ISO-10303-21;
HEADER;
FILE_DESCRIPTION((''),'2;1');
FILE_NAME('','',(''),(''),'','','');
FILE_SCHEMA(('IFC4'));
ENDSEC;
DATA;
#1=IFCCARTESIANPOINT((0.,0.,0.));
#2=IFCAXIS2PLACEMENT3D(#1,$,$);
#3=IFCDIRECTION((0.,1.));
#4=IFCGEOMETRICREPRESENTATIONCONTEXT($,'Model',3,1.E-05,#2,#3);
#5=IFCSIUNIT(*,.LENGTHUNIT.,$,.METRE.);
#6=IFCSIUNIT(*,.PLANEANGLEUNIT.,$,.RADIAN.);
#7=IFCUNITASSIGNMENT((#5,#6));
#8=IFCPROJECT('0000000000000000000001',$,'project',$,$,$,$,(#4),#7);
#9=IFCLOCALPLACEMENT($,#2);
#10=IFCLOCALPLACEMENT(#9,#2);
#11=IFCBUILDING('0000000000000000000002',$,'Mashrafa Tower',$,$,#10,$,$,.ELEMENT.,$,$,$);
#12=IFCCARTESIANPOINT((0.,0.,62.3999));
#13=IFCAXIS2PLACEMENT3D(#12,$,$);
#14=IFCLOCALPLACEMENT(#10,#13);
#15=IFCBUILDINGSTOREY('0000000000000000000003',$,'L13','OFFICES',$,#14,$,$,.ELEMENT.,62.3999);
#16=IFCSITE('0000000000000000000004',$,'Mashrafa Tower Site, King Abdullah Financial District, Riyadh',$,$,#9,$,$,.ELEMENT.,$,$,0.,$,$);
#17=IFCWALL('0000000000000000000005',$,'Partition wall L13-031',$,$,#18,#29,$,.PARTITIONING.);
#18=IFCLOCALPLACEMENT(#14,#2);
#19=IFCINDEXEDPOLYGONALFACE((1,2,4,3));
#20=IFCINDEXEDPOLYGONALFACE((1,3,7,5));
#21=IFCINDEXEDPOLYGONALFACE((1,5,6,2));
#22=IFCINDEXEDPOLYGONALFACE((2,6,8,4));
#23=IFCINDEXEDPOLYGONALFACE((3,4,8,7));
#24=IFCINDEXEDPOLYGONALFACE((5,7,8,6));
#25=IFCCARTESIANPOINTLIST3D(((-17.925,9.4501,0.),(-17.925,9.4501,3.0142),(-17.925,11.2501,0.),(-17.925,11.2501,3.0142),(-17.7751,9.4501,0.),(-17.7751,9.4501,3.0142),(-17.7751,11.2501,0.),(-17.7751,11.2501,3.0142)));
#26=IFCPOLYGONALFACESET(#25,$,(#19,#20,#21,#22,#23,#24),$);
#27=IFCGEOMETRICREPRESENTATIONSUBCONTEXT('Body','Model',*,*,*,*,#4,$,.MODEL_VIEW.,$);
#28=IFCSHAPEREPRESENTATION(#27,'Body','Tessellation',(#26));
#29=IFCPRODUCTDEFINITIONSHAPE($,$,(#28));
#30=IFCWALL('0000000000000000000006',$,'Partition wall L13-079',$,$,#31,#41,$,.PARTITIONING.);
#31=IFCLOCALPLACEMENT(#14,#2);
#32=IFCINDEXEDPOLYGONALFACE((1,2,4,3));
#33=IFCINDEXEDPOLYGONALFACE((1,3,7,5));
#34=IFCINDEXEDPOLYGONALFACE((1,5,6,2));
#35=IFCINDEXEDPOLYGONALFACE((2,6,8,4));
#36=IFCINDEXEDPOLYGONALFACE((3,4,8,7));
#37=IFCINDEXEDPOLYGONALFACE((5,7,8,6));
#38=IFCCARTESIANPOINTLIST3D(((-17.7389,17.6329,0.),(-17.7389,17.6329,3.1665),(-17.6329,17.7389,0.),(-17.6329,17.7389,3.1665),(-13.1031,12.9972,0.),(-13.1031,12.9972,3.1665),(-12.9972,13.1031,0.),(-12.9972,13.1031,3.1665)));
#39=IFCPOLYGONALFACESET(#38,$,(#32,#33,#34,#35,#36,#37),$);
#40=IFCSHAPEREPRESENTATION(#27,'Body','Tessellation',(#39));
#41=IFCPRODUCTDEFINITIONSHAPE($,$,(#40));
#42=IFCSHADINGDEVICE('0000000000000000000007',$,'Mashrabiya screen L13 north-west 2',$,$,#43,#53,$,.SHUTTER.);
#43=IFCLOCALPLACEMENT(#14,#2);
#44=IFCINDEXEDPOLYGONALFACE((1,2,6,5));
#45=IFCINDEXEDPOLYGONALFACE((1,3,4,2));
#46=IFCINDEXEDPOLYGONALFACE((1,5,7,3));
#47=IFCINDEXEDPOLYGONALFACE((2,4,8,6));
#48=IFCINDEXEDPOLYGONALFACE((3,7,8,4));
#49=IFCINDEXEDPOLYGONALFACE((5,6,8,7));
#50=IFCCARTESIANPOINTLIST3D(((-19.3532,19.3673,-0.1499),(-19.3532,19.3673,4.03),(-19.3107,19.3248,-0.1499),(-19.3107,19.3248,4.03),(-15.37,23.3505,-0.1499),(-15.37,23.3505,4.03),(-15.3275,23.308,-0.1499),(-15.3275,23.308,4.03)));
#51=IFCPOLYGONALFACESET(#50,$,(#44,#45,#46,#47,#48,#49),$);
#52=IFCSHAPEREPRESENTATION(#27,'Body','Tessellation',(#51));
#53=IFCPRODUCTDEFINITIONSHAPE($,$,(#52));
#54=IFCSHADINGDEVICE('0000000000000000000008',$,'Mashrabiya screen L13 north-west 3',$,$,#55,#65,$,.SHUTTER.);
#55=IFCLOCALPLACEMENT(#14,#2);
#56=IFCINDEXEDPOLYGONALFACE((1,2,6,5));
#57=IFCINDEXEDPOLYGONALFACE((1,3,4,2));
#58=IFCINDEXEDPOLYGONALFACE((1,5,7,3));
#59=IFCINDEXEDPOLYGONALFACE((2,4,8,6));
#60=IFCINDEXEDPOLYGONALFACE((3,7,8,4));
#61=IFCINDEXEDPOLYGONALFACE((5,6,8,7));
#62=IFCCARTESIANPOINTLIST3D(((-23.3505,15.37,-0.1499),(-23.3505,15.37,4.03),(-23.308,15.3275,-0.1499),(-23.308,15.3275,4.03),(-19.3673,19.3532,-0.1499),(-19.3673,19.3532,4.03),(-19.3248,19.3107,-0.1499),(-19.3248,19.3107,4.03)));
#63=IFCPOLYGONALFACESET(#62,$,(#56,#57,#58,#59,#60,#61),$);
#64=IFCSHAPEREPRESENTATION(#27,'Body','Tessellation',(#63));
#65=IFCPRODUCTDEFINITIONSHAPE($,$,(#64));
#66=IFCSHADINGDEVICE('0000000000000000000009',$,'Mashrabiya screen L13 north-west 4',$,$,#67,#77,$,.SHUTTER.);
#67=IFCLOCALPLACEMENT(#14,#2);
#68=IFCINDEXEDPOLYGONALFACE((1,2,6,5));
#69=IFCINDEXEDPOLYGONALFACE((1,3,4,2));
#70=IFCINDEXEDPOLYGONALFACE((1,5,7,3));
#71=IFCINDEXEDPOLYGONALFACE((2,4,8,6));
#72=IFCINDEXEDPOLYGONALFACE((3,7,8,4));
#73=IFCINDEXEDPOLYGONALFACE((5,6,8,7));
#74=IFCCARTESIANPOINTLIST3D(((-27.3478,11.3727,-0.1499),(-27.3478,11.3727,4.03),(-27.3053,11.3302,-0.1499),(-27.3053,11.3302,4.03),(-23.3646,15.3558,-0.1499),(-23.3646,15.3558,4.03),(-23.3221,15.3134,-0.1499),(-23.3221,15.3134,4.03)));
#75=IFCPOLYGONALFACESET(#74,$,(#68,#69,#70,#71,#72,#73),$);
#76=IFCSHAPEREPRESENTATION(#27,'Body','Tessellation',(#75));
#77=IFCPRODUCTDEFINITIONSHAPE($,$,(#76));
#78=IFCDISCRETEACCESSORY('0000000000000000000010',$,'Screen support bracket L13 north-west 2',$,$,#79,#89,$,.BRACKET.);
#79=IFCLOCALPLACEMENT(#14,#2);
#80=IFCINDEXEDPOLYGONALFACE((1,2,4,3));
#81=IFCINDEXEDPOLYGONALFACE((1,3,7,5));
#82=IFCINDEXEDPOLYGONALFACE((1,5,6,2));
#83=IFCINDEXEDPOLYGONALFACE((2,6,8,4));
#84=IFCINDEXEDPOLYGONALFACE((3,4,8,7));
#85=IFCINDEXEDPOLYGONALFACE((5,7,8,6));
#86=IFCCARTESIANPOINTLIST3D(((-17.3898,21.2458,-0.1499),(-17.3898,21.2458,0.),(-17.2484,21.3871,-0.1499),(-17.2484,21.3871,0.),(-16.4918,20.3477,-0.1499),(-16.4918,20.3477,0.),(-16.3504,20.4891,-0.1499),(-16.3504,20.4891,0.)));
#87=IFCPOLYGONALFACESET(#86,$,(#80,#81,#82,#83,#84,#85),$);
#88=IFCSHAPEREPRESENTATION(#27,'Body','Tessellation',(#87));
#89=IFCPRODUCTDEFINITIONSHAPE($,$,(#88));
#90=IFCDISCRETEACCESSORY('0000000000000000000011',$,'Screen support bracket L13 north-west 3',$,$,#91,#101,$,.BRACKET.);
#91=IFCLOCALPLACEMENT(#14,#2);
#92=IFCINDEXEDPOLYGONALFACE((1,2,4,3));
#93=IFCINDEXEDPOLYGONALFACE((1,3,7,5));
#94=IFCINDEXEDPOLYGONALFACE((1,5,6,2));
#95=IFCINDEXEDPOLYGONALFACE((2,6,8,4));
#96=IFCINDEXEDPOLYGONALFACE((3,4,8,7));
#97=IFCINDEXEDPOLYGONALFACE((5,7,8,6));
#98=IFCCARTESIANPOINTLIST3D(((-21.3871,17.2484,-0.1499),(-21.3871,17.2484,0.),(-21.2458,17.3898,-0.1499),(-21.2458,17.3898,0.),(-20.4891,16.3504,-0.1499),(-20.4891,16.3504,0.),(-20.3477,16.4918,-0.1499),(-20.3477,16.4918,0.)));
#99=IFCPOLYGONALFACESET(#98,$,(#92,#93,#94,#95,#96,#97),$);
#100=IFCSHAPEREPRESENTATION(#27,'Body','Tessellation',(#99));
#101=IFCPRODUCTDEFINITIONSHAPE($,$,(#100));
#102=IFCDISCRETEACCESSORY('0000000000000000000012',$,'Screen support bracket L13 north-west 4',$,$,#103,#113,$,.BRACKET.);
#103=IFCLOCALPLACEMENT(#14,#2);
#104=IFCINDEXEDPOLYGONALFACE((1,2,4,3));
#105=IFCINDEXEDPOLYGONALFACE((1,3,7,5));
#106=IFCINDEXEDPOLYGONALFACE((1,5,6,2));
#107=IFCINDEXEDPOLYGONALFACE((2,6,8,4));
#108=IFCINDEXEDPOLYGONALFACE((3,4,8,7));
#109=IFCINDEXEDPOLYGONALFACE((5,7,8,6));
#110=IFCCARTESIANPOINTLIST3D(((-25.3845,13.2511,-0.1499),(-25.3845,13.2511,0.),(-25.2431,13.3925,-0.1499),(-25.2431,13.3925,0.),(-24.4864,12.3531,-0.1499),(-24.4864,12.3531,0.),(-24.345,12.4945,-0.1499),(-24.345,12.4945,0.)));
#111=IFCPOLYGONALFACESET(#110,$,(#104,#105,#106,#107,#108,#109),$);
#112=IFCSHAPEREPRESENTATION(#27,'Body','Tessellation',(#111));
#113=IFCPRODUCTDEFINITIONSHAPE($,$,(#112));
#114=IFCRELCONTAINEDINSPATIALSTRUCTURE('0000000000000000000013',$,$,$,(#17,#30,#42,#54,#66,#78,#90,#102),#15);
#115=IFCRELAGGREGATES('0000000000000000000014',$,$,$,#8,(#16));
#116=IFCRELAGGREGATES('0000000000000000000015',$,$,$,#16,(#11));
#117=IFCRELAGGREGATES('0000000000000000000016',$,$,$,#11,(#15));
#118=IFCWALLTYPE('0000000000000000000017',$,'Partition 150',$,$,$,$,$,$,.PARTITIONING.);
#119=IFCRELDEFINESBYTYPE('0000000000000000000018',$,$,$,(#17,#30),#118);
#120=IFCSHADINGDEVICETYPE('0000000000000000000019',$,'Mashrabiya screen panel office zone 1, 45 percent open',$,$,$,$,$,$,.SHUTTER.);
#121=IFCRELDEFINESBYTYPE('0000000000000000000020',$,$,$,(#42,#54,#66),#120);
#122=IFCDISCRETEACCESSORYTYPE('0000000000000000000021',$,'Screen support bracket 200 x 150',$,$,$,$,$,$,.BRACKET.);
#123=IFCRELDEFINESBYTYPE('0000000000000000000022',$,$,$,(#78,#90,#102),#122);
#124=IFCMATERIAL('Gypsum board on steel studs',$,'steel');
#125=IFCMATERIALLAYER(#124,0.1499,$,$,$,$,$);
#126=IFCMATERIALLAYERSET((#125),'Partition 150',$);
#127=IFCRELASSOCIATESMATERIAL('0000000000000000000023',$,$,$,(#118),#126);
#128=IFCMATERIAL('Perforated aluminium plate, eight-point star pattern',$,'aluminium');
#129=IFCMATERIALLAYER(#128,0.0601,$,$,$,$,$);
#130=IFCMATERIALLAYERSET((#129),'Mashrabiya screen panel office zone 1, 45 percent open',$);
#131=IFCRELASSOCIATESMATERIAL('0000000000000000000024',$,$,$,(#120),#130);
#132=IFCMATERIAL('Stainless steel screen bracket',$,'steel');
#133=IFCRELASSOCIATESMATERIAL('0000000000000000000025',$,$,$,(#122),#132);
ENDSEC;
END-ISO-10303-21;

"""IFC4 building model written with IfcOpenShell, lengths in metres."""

from ifc_helpers import new_model, si_unit, direction, frame, frame_2d, origin, origin_2d, place, context, subcontext, project, spatial, rectangle, extrude, source, transform, mapped, material, layer, layer_set, type_object, type_shapes, element, save


model = new_model("IFC4")

# Units and contexts
model_context = context("Model", 3, precision=1e-05, world=origin(), true_north=direction((0.0, 1.0)))
body_context = subcontext(model_context, "Body", "Model", "MODEL_VIEW")
ifc_project = project(units=[si_unit("LENGTHUNIT", "METRE"), si_unit("PLANEANGLEUNIT", "RADIAN")], contexts=[model_context])

# Site, building, storey
site_placement = place(None, origin())
site = spatial("IfcSite", under=ifc_project, at=site_placement, Name="Mashrafa Tower Site, King Abdullah Financial District, Riyadh", CompositionType="ELEMENT", RefElevation=0.0)
building_placement = place(site_placement, origin())
building = spatial("IfcBuilding", under=site, at=building_placement, Name="Mashrafa Tower", CompositionType="ELEMENT")
storey_placement = place(building_placement, frame((0.0, 0.0, 62.3999)))
storey = spatial("IfcBuildingStorey", under=building, at=storey_placement, Name="L13", Description="OFFICES", CompositionType="ELEMENT", Elevation=62.3999)

# Walls
ifc_material_1 = material(Name="Gypsum board on steel studs", Category="steel")
ifc_layer_1 = layer(ifc_material_1, 0.1499)
ifc_layer_set_1 = layer_set([ifc_layer_1], Name="Partition 150")
wall_type = type_object("IfcWallType", Name="Partition 150", PredefinedType="PARTITIONING", material=ifc_layer_set_1)
wall_1_placement = place(storey_placement, frame((-17.8501, 11.25, 0.0), z_axis=(0.0, 0.0, 1.0), x_axis=(0.0, -1.0, 0.0)))
element("IfcWall", 1, at=wall_1_placement, inside=storey, type_object=wall_type, Name="Partition wall L13-031", PredefinedType="PARTITIONING", context=body_context, shape_type="SweptSolid", body=[
    extrude(rectangle(XDim=1.8, YDim=0.1499, at=frame_2d((0.8999, 0.0))), origin(), (0.0, 0.0, 1.0), 3.0142),
])
wall_2_placement = place(storey_placement, frame((-17.6858, 17.6858, 0.0), z_axis=(0.0, 0.0, 1.0), x_axis=(0.707107, -0.707107, 0.0)))
element("IfcWall", 2, at=wall_2_placement, inside=storey, type_object=wall_type, Name="Partition wall L13-079", PredefinedType="PARTITIONING", context=body_context, shape_type="SweptSolid", body=[
    extrude(rectangle(XDim=6.5559, YDim=0.1499, at=frame_2d((3.2778, 0.0))), origin(), (0.0, 0.0, 1.0), 3.1665),
])

# Shading devices
ifc_material_2 = material(Name="Perforated aluminium plate, eight-point star pattern", Category="aluminium")
ifc_layer_2 = layer(ifc_material_2, 0.0601)
ifc_layer_set_2 = layer_set([ifc_layer_2], Name="Mashrabiya screen panel office zone 1, 45 percent open")
shading_device_type = type_object("IfcShadingDeviceType", Name="Mashrabiya screen panel office zone 1, 45 percent open", PredefinedType="SHUTTER", material=ifc_layer_set_2)
shared_shape_1 = source(origin(), body_context, "Body", "SweptSolid", [
    extrude(rectangle(XDim=5.6331, YDim=0.0601, at=origin_2d()), origin(), (0.0, 0.0, 1.0), 4.1799),
])
type_shapes(shading_device_type, [shared_shape_1])
for number, where, z_axis, x_axis, name in (
    (3, (-17.3403, 21.3376, -0.1499), (0.0, 0.0, 1.0), (-0.707107, -0.707107, 0.0), "Mashrabiya screen L13 north-west 2"),
    (4, (-21.3376, 17.3403, -0.1499), (0.0, 0.0, 1.0), (-0.707107, -0.707107, 0.0), "Mashrabiya screen L13 north-west 3"),
    (5, (-25.335, 13.343, -0.1499), (0.0, 0.0, 1.0), (-0.707107, -0.707107, 0.0), "Mashrabiya screen L13 north-west 4"),
):
    element("IfcShadingDevice", number, at=place(storey_placement, frame(where, z_axis=z_axis, x_axis=x_axis)), inside=storey, type_object=shading_device_type, Name=name, PredefinedType="SHUTTER", context=body_context, shape_type="MappedRepresentation", body=[
        mapped(shared_shape_1, transform((0.0, 0.0, 0.0))),
    ])

# Discrete accessories
ifc_material_3 = material(Name="Stainless steel screen bracket", Category="steel")
discrete_accessory_type = type_object("IfcDiscreteAccessoryType", Name="Screen support bracket 200 x 150", PredefinedType="BRACKET", material=ifc_material_3)
shared_shape_2 = source(origin(), body_context, "Body", "SweptSolid", [
    extrude(rectangle(XDim=0.2, YDim=1.27, at=origin_2d()), origin(), (0.0, 0.0, 1.0), 0.1499),
])
type_shapes(discrete_accessory_type, [shared_shape_2])
for number, where, z_axis, x_axis, name in (
    (6, (-16.8701, 20.8674, -0.1499), (0.0, 0.0, 1.0), (-0.707107, -0.707107, 0.0), "Screen support bracket L13 north-west 2"),
    (7, (-20.8674, 16.8701, -0.1499), (0.0, 0.0, 1.0), (-0.707107, -0.707107, 0.0), "Screen support bracket L13 north-west 3"),
    (8, (-24.8647, 12.8728, -0.1499), (0.0, 0.0, 1.0), (-0.707107, -0.707107, 0.0), "Screen support bracket L13 north-west 4"),
):
    element("IfcDiscreteAccessory", number, at=place(storey_placement, frame(where, z_axis=z_axis, x_axis=x_axis)), inside=storey, type_object=discrete_accessory_type, Name=name, PredefinedType="BRACKET", context=body_context, shape_type="MappedRepresentation", body=[
        mapped(shared_shape_2, transform((0.0, 0.0, 0.0))),
    ])

save(model, "model.ifc")
